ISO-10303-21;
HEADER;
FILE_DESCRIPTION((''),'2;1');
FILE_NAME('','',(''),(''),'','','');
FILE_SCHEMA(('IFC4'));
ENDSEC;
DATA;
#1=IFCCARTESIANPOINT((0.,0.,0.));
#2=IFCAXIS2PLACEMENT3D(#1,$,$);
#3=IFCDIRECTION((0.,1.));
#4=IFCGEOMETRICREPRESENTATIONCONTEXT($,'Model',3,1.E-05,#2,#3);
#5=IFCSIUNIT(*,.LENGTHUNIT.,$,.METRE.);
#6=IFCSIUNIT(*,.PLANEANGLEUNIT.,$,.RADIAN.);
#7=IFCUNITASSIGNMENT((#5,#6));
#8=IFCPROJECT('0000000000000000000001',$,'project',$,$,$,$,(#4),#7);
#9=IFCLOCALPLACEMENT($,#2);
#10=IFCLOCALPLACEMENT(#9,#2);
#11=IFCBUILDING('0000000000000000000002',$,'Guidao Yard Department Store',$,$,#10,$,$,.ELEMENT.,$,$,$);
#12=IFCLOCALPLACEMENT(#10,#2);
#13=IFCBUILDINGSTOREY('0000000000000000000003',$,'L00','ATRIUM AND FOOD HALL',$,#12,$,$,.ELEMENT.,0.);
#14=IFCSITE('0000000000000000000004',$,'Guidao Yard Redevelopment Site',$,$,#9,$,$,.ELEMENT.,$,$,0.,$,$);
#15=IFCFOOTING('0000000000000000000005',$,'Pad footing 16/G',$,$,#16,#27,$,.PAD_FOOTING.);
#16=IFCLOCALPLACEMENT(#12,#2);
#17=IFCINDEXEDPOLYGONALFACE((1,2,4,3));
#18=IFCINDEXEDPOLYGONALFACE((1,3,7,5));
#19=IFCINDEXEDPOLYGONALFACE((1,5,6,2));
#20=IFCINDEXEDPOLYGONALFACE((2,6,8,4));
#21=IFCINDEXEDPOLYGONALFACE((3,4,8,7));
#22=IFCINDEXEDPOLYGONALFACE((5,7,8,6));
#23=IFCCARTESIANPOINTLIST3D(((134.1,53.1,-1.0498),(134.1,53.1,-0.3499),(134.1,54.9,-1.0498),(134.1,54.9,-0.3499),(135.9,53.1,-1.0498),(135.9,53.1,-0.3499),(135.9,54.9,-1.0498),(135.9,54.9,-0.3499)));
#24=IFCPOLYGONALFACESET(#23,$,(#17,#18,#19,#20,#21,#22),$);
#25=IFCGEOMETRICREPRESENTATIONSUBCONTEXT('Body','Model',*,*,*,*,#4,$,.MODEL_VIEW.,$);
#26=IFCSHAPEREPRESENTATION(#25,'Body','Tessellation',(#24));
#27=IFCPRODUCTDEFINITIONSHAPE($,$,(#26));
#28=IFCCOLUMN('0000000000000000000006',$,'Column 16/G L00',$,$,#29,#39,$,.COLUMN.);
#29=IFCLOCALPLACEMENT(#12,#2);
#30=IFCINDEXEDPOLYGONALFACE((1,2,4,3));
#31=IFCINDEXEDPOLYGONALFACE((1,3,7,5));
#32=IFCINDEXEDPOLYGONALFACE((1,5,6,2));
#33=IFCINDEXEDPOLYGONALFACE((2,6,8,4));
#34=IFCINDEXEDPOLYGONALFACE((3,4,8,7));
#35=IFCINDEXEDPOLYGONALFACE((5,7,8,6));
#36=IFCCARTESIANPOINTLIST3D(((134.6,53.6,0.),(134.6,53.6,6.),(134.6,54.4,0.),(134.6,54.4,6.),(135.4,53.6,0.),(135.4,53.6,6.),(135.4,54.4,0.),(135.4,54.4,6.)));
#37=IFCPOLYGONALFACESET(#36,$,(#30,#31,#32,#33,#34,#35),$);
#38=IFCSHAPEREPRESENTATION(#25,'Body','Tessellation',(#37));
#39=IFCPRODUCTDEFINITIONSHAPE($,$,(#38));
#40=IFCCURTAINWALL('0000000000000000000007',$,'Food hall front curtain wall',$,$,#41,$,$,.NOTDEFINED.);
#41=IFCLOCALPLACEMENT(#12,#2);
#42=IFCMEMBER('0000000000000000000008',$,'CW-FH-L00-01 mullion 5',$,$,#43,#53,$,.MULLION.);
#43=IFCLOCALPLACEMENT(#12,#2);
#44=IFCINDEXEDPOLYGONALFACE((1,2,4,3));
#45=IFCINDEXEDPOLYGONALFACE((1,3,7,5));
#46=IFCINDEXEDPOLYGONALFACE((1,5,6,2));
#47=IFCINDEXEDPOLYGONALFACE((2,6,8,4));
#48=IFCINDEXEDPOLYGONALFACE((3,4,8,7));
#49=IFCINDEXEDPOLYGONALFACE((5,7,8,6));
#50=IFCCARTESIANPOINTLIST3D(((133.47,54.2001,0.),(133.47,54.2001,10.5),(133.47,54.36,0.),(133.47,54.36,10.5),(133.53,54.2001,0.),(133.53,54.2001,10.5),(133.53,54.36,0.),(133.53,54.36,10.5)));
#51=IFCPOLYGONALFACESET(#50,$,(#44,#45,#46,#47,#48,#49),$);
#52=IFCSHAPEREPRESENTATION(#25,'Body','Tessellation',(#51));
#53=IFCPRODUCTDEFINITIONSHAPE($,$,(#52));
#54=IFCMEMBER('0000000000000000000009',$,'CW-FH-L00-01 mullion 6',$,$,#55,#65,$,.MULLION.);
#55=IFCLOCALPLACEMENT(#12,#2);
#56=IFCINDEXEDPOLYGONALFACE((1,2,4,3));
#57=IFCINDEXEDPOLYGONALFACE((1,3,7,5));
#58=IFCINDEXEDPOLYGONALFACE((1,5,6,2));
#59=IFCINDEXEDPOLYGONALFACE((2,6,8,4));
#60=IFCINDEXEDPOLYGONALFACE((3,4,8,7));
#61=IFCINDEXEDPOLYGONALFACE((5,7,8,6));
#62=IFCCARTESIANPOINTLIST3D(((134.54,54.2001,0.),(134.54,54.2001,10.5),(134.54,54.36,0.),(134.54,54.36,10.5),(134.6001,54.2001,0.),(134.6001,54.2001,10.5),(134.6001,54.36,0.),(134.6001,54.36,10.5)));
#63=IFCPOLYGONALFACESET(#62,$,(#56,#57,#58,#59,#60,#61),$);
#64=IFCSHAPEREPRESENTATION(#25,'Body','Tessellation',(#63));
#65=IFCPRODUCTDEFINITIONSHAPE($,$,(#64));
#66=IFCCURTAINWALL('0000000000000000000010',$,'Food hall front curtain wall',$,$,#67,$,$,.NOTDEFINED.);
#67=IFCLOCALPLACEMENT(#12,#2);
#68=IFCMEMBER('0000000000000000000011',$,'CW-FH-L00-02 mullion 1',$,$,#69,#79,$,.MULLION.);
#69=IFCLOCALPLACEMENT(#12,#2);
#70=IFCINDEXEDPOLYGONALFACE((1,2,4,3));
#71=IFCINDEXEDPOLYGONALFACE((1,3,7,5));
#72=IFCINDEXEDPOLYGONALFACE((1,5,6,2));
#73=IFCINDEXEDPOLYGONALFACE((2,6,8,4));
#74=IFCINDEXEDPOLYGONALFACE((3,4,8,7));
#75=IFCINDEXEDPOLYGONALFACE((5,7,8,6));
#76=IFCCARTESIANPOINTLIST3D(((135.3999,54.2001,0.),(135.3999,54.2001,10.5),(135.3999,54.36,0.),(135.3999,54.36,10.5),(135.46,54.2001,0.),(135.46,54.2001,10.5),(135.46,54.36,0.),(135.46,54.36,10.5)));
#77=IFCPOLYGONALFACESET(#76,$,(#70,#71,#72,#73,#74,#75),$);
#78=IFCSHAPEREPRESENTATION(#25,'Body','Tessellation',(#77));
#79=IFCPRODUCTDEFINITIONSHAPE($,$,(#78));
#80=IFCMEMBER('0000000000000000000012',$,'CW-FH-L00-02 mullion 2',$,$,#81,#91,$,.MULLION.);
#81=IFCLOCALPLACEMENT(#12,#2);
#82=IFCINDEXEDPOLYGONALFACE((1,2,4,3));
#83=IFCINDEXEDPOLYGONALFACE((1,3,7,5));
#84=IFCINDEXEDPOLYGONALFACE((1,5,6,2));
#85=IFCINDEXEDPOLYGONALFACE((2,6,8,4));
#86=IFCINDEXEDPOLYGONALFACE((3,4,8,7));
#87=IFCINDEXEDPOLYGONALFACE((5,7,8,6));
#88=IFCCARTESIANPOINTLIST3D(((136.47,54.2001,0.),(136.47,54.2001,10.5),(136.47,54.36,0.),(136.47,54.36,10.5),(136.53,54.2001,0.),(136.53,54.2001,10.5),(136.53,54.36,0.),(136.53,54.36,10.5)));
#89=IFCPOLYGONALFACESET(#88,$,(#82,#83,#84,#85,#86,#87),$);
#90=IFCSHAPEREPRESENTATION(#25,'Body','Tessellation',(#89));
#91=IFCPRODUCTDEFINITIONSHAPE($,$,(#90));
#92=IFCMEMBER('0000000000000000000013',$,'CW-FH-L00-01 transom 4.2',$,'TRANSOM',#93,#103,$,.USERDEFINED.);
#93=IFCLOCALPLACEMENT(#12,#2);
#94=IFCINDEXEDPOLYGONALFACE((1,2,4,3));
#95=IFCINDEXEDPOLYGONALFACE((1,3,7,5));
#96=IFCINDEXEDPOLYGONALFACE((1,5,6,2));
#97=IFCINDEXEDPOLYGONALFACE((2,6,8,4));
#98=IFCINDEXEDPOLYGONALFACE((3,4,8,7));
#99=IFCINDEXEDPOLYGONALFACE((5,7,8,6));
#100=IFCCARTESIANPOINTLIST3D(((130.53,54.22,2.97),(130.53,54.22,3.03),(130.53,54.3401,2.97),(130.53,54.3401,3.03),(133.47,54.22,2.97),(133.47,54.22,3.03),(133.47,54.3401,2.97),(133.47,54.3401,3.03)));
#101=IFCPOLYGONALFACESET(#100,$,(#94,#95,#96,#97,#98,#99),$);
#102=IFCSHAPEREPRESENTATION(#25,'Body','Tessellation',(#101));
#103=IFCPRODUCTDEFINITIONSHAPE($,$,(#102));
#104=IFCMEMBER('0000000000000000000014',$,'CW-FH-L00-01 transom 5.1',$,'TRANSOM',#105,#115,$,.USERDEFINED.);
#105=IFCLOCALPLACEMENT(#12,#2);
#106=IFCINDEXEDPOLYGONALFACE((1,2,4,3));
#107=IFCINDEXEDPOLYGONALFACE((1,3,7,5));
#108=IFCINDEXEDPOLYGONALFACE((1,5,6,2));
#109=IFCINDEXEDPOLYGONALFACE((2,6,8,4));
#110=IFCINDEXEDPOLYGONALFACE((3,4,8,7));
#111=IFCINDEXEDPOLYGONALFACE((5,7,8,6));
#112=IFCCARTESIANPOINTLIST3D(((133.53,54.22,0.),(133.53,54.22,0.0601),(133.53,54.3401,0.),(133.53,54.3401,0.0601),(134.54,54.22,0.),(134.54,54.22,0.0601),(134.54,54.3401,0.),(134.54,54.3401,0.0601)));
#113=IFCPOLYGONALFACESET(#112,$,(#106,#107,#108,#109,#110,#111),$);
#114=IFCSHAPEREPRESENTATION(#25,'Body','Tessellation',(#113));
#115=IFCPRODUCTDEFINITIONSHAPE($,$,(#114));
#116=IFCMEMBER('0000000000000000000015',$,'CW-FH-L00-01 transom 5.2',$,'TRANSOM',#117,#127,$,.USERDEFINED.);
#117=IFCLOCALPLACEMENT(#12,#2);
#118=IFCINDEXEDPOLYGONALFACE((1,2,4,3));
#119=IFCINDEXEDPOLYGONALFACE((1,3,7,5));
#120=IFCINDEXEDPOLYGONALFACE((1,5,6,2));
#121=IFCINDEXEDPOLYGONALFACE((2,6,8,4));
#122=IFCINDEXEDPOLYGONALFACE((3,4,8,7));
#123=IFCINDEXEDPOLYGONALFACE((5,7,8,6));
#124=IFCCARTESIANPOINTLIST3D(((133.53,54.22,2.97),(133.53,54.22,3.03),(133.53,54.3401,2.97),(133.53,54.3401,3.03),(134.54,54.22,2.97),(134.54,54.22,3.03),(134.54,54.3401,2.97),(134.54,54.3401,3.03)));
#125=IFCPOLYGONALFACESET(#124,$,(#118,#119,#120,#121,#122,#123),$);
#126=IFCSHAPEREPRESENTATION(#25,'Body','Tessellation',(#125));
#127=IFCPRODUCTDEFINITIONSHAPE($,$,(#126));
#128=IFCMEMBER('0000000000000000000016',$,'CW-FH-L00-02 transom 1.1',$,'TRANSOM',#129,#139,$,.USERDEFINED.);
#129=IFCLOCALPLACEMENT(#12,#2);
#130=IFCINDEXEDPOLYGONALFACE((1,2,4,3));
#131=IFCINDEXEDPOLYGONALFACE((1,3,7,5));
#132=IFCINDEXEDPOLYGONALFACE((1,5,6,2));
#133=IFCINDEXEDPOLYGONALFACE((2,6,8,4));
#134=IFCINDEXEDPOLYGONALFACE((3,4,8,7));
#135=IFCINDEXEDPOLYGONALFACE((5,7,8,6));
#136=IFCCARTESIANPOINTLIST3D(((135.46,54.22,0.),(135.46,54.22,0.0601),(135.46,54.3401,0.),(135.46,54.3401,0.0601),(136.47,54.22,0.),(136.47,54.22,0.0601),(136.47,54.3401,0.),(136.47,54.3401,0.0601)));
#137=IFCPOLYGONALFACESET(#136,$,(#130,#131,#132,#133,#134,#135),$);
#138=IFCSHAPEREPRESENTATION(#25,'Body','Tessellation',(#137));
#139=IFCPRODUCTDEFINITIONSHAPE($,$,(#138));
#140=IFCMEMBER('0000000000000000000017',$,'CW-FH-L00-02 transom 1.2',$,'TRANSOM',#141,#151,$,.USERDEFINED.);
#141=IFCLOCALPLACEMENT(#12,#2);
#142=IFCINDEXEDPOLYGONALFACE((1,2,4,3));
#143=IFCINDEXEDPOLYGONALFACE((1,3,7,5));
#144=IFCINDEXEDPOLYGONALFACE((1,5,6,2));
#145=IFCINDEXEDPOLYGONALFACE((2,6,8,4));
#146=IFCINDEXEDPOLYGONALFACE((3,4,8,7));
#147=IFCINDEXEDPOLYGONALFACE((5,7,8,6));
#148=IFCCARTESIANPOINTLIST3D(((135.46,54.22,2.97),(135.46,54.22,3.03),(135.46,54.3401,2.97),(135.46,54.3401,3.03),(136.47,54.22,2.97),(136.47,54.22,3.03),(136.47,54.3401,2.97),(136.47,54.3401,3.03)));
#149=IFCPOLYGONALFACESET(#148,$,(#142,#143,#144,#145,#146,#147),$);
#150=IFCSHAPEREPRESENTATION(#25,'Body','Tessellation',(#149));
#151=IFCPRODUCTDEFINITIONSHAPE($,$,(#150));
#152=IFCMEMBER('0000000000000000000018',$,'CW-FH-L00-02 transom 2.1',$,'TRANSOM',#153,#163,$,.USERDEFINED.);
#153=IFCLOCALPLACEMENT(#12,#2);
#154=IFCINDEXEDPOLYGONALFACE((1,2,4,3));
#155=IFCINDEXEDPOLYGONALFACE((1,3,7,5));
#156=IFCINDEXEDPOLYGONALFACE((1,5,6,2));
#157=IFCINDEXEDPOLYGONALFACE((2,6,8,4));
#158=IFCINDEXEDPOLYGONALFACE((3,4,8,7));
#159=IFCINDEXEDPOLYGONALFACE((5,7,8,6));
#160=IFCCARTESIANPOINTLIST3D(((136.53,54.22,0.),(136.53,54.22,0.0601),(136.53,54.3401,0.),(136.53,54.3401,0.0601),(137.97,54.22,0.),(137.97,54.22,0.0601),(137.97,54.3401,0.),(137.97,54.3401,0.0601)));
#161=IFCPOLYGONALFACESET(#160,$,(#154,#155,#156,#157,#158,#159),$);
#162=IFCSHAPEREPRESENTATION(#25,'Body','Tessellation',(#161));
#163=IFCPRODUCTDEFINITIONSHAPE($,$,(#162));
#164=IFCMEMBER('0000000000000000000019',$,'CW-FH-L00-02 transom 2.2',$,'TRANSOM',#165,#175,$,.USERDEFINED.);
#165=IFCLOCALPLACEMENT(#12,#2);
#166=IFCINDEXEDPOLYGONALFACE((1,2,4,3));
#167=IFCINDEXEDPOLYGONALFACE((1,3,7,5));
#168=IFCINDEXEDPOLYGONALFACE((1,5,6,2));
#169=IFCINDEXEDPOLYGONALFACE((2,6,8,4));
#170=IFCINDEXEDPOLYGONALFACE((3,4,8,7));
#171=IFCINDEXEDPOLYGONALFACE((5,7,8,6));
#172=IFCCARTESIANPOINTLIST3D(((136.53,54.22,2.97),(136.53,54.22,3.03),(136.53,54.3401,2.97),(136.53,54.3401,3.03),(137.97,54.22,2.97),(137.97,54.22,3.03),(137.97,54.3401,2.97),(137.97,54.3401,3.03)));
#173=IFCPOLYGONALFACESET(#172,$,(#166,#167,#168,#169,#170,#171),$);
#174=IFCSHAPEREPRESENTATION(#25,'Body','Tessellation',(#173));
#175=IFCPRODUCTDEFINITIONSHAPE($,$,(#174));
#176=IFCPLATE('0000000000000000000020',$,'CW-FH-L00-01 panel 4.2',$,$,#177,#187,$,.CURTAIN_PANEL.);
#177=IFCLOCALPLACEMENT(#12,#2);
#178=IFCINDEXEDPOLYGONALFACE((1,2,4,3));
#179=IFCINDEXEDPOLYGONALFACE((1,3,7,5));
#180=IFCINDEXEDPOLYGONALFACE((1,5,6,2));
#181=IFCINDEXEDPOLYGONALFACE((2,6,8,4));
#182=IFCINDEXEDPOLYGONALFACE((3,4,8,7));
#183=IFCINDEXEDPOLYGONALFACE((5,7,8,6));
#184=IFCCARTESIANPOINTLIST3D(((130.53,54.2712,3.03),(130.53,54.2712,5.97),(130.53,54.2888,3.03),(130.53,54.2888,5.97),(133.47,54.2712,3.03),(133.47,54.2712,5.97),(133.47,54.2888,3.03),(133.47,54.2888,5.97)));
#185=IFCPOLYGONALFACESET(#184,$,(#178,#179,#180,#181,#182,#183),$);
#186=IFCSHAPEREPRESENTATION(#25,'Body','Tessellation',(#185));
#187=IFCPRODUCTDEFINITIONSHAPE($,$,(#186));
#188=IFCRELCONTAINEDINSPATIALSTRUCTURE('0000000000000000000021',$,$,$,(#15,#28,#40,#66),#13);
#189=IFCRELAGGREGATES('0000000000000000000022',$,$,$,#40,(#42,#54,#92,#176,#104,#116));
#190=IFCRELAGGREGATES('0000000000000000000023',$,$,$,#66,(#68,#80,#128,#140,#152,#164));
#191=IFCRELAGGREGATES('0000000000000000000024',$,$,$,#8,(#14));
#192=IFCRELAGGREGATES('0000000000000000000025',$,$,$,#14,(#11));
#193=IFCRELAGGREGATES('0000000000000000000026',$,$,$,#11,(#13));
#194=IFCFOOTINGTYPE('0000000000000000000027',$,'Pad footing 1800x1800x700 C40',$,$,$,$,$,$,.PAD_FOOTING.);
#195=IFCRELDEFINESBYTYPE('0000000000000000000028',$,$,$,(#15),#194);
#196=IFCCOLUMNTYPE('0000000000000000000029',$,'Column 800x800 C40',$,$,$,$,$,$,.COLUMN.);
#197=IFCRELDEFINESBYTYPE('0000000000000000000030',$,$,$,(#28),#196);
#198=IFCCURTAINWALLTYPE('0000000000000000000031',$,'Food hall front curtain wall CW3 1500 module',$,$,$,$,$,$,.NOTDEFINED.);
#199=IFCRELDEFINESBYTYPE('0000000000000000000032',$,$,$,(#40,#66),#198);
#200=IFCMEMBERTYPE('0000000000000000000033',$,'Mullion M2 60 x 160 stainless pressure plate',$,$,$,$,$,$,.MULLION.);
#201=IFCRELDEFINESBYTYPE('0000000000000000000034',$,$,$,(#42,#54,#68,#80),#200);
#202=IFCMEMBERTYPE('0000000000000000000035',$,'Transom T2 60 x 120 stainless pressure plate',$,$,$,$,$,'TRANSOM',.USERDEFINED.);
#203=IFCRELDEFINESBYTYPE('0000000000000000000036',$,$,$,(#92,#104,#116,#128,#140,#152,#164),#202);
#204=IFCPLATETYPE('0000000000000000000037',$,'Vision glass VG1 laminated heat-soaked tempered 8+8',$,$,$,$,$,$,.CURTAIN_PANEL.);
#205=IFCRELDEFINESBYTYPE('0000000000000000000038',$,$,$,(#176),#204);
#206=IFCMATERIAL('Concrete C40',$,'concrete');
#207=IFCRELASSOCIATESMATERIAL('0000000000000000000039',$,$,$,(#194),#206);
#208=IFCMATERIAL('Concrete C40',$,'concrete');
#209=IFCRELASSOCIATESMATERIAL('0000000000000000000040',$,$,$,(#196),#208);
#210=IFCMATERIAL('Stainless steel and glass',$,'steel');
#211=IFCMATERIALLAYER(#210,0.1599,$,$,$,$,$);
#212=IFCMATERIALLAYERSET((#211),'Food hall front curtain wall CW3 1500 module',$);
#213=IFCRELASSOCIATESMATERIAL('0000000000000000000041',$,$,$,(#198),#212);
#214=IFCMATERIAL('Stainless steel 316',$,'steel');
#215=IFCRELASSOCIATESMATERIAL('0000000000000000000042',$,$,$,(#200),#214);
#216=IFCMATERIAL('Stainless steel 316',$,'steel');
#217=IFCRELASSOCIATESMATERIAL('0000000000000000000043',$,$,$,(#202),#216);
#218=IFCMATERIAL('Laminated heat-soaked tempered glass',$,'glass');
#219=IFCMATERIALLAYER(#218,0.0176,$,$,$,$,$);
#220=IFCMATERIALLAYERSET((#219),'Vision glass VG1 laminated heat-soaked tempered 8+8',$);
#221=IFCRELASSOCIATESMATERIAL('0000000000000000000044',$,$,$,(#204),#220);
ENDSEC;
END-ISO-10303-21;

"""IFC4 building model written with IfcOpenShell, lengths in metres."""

from ifc_helpers import new_model, si_unit, direction, frame, origin, origin_2d, place, context, subcontext, project, spatial, rectangle, extrude, material, layer, layer_set, material_profile, profile_set, type_object, element, aggregate, save


model = new_model("IFC4")

# Units and contexts
model_context = context("Model", 3, precision=1e-05, world=origin(), true_north=direction((0.0, 1.0)))
body_context = subcontext(model_context, "Body", "Model", "MODEL_VIEW")
ifc_project = project(units=[si_unit("LENGTHUNIT", "METRE"), si_unit("PLANEANGLEUNIT", "RADIAN")], contexts=[model_context])

# Site, building, storey
site_placement = place(None, origin())
site = spatial("IfcSite", under=ifc_project, at=site_placement, Name="Guidao Yard Redevelopment Site", CompositionType="ELEMENT", RefElevation=0.0)
building_placement = place(site_placement, origin())
building = spatial("IfcBuilding", under=site, at=building_placement, Name="Guidao Yard Department Store", CompositionType="ELEMENT")
storey_placement = place(building_placement, origin())
storey = spatial("IfcBuildingStorey", under=building, at=storey_placement, Name="L00", Description="ATRIUM AND FOOD HALL", CompositionType="ELEMENT", Elevation=0.0)

# Footing
ifc_material_1 = material(Name="Concrete C40", Category="concrete")
footing_type = type_object("IfcFootingType", Name="Pad footing 1800x1800x700 C40", PredefinedType="PAD_FOOTING", material=ifc_material_1)
footing_placement = place(storey_placement, frame((135.0, 54.0, -1.0498), z_axis=(0.0, 0.0, 1.0), x_axis=(1.0, 0.0, 0.0)))
element("IfcFooting", 1, at=footing_placement, inside=storey, type_object=footing_type, Name="Pad footing 16/G", PredefinedType="PAD_FOOTING", context=body_context, shape_type="SweptSolid", body=[
    extrude(rectangle(XDim=1.8, YDim=1.8, at=origin_2d()), origin(), (0.0, 0.0, 1.0), 0.7),
])

# Column
ifc_material_2 = material(Name="Concrete C40", Category="concrete")
ifc_material_profile_1 = material_profile(ifc_material_2, rectangle(XDim=0.8, YDim=0.8, at=origin_2d()), Name="COL 800x800")
ifc_profile_set_1 = profile_set([ifc_material_profile_1], Name="Concrete C40")
column_type = type_object("IfcColumnType", Name="Column 800x800 C40", PredefinedType="COLUMN", material=ifc_profile_set_1)
column_placement = place(storey_placement, frame((135.0, 54.0, 0.0), z_axis=(0.0, 0.0, 1.0), x_axis=(1.0, 0.0, 0.0)))
element("IfcColumn", 2, at=column_placement, inside=storey, type_object=column_type, Name="Column 16/G L00", PredefinedType="COLUMN", context=body_context, shape_type="SweptSolid", body=[
    extrude(rectangle(XDim=0.8, YDim=0.8, at=origin_2d()), origin(), (0.0, 0.0, 1.0), 6.0),
])

# Curtain walls, members
ifc_material_3 = material(Name="Stainless steel and glass", Category="steel")
ifc_layer_1 = layer(ifc_material_3, 0.1599)
ifc_layer_set_1 = layer_set([ifc_layer_1], Name="Food hall front curtain wall CW3 1500 module")
curtain_wall_type = type_object("IfcCurtainWallType", Name="Food hall front curtain wall CW3 1500 module", PredefinedType="NOTDEFINED", material=ifc_layer_set_1)
curtain_wall_1_placement = place(storey_placement, origin())
curtain_wall_1 = element("IfcCurtainWall", 3, at=curtain_wall_1_placement, inside=storey, type_object=curtain_wall_type, Name="Food hall front curtain wall", PredefinedType="NOTDEFINED")
ifc_material_4 = material(Name="Stainless steel 316", Category="steel")
ifc_material_profile_2 = material_profile(ifc_material_4, rectangle(XDim=0.0601, YDim=0.1599, at=origin_2d()), Name="Mullion M2 60 x 160 stainless pressure plate")
ifc_profile_set_2 = profile_set([ifc_material_profile_2], Name="Stainless steel 316")
member_type_1 = type_object("IfcMemberType", Name="Mullion M2 60 x 160 stainless pressure plate", PredefinedType="MULLION", material=ifc_profile_set_2)
member_1_placement = place(storey_placement, frame((133.5, 54.28, 0.0), z_axis=(0.0, 0.0, 1.0), x_axis=(-1.0, 0.0, 0.0)))
member_1 = element("IfcMember", 4, at=member_1_placement, type_object=member_type_1, Name="CW-FH-L00-01 mullion 5", PredefinedType="MULLION", context=body_context, shape_type="SweptSolid", body=[
    extrude(rectangle(XDim=0.0601, YDim=0.1599, at=origin_2d()), origin(), (0.0, 0.0, 1.0), 10.5),
])
member_2_placement = place(storey_placement, frame((134.5701, 54.28, 0.0), z_axis=(0.0, 0.0, 1.0), x_axis=(-1.0, 0.0, 0.0)))
member_2 = element("IfcMember", 5, at=member_2_placement, type_object=member_type_1, Name="CW-FH-L00-01 mullion 6", PredefinedType="MULLION", context=body_context, shape_type="SweptSolid", body=[
    extrude(rectangle(XDim=0.0601, YDim=0.1599, at=origin_2d()), origin(), (0.0, 0.0, 1.0), 10.5),
])
curtain_wall_2_placement = place(storey_placement, origin())
curtain_wall_2 = element("IfcCurtainWall", 6, at=curtain_wall_2_placement, inside=storey, type_object=curtain_wall_type, Name="Food hall front curtain wall", PredefinedType="NOTDEFINED")
member_3_placement = place(storey_placement, frame((135.4299, 54.28, 0.0), z_axis=(0.0, 0.0, 1.0), x_axis=(-1.0, 0.0, 0.0)))
member_3 = element("IfcMember", 7, at=member_3_placement, type_object=member_type_1, Name="CW-FH-L00-02 mullion 1", PredefinedType="MULLION", context=body_context, shape_type="SweptSolid", body=[
    extrude(rectangle(XDim=0.0601, YDim=0.1599, at=origin_2d()), origin(), (0.0, 0.0, 1.0), 10.5),
])
member_4_placement = place(storey_placement, frame((136.5, 54.28, 0.0), z_axis=(0.0, 0.0, 1.0), x_axis=(-1.0, 0.0, 0.0)))
member_4 = element("IfcMember", 8, at=member_4_placement, type_object=member_type_1, Name="CW-FH-L00-02 mullion 2", PredefinedType="MULLION", context=body_context, shape_type="SweptSolid", body=[
    extrude(rectangle(XDim=0.0601, YDim=0.1599, at=origin_2d()), origin(), (0.0, 0.0, 1.0), 10.5),
])

# Members
ifc_material_5 = material(Name="Stainless steel 316", Category="steel")
ifc_material_profile_3 = material_profile(ifc_material_5, rectangle(XDim=0.1201, YDim=0.0601, at=origin_2d()), Name="Transom T2 60 x 120 stainless pressure plate")
ifc_profile_set_3 = profile_set([ifc_material_profile_3], Name="Stainless steel 316")
member_type_2 = type_object("IfcMemberType", Name="Transom T2 60 x 120 stainless pressure plate", ElementType="TRANSOM", PredefinedType="USERDEFINED", material=ifc_profile_set_3)
member_5_placement = place(storey_placement, frame((133.47, 54.28, 3.0), z_axis=(-1.0, 0.0, 0.0), x_axis=(0.0, -1.0, 0.0)))
member_5 = element("IfcMember", 9, at=member_5_placement, type_object=member_type_2, Name="CW-FH-L00-01 transom 4.2", ObjectType="TRANSOM", PredefinedType="USERDEFINED", context=body_context, shape_type="SweptSolid", body=[
    extrude(rectangle(XDim=0.1201, YDim=0.0601, at=origin_2d()), origin(), (0.0, 0.0, 1.0), 2.9399),
])
member_6_placement = place(storey_placement, frame((134.54, 54.28, 0.03), z_axis=(-1.0, 0.0, 0.0), x_axis=(0.0, -1.0, 0.0)))
member_6 = element("IfcMember", 10, at=member_6_placement, type_object=member_type_2, Name="CW-FH-L00-01 transom 5.1", ObjectType="TRANSOM", PredefinedType="USERDEFINED", context=body_context, shape_type="SweptSolid", body=[
    extrude(rectangle(XDim=0.1201, YDim=0.0601, at=origin_2d()), origin(), (0.0, 0.0, 1.0), 1.01),
])
member_7_placement = place(storey_placement, frame((134.54, 54.28, 3.0), z_axis=(-1.0, 0.0, 0.0), x_axis=(0.0, -1.0, 0.0)))
member_7 = element("IfcMember", 11, at=member_7_placement, type_object=member_type_2, Name="CW-FH-L00-01 transom 5.2", ObjectType="TRANSOM", PredefinedType="USERDEFINED", context=body_context, shape_type="SweptSolid", body=[
    extrude(rectangle(XDim=0.1201, YDim=0.0601, at=origin_2d()), origin(), (0.0, 0.0, 1.0), 1.01),
])
member_8_placement = place(storey_placement, frame((136.47, 54.28, 0.03), z_axis=(-1.0, 0.0, 0.0), x_axis=(0.0, -1.0, 0.0)))
member_8 = element("IfcMember", 12, at=member_8_placement, type_object=member_type_2, Name="CW-FH-L00-02 transom 1.1", ObjectType="TRANSOM", PredefinedType="USERDEFINED", context=body_context, shape_type="SweptSolid", body=[
    extrude(rectangle(XDim=0.1201, YDim=0.0601, at=origin_2d()), origin(), (0.0, 0.0, 1.0), 1.01),
])
member_9_placement = place(storey_placement, frame((136.47, 54.28, 3.0), z_axis=(-1.0, 0.0, 0.0), x_axis=(0.0, -1.0, 0.0)))
member_9 = element("IfcMember", 13, at=member_9_placement, type_object=member_type_2, Name="CW-FH-L00-02 transom 1.2", ObjectType="TRANSOM", PredefinedType="USERDEFINED", context=body_context, shape_type="SweptSolid", body=[
    extrude(rectangle(XDim=0.1201, YDim=0.0601, at=origin_2d()), origin(), (0.0, 0.0, 1.0), 1.01),
])
member_10_placement = place(storey_placement, frame((137.97, 54.28, 0.03), z_axis=(-1.0, 0.0, 0.0), x_axis=(0.0, -1.0, 0.0)))
member_10 = element("IfcMember", 14, at=member_10_placement, type_object=member_type_2, Name="CW-FH-L00-02 transom 2.1", ObjectType="TRANSOM", PredefinedType="USERDEFINED", context=body_context, shape_type="SweptSolid", body=[
    extrude(rectangle(XDim=0.1201, YDim=0.0601, at=origin_2d()), origin(), (0.0, 0.0, 1.0), 1.4399),
])
member_11_placement = place(storey_placement, frame((137.97, 54.28, 3.0), z_axis=(-1.0, 0.0, 0.0), x_axis=(0.0, -1.0, 0.0)))
member_11 = element("IfcMember", 15, at=member_11_placement, type_object=member_type_2, Name="CW-FH-L00-02 transom 2.2", ObjectType="TRANSOM", PredefinedType="USERDEFINED", context=body_context, shape_type="SweptSolid", body=[
    extrude(rectangle(XDim=0.1201, YDim=0.0601, at=origin_2d()), origin(), (0.0, 0.0, 1.0), 1.4399),
])

# Plate
ifc_material_6 = material(Name="Laminated heat-soaked tempered glass", Category="glass")
ifc_layer_2 = layer(ifc_material_6, 0.0176)
ifc_layer_set_2 = layer_set([ifc_layer_2], Name="Vision glass VG1 laminated heat-soaked tempered 8+8")
plate_type = type_object("IfcPlateType", Name="Vision glass VG1 laminated heat-soaked tempered 8+8", PredefinedType="CURTAIN_PANEL", material=ifc_layer_set_2)
plate_1_placement = place(storey_placement, frame((132.0, 54.28, 3.03), z_axis=(0.0, 0.0, 1.0), x_axis=(-1.0, 0.0, 0.0)))
plate_1 = element("IfcPlate", 16, at=plate_1_placement, type_object=plate_type, Name="CW-FH-L00-01 panel 4.2", PredefinedType="CURTAIN_PANEL", context=body_context, shape_type="SweptSolid", body=[
    extrude(rectangle(XDim=2.9399, YDim=0.0176, at=origin_2d()), origin(), (0.0, 0.0, 1.0), 2.9399),
])
aggregate(curtain_wall_1, [member_1, member_2, member_5, plate_1, member_6, member_7])
aggregate(curtain_wall_2, [member_3, member_4, member_8, member_9, member_10, member_11])

save(model, "model.ifc")
